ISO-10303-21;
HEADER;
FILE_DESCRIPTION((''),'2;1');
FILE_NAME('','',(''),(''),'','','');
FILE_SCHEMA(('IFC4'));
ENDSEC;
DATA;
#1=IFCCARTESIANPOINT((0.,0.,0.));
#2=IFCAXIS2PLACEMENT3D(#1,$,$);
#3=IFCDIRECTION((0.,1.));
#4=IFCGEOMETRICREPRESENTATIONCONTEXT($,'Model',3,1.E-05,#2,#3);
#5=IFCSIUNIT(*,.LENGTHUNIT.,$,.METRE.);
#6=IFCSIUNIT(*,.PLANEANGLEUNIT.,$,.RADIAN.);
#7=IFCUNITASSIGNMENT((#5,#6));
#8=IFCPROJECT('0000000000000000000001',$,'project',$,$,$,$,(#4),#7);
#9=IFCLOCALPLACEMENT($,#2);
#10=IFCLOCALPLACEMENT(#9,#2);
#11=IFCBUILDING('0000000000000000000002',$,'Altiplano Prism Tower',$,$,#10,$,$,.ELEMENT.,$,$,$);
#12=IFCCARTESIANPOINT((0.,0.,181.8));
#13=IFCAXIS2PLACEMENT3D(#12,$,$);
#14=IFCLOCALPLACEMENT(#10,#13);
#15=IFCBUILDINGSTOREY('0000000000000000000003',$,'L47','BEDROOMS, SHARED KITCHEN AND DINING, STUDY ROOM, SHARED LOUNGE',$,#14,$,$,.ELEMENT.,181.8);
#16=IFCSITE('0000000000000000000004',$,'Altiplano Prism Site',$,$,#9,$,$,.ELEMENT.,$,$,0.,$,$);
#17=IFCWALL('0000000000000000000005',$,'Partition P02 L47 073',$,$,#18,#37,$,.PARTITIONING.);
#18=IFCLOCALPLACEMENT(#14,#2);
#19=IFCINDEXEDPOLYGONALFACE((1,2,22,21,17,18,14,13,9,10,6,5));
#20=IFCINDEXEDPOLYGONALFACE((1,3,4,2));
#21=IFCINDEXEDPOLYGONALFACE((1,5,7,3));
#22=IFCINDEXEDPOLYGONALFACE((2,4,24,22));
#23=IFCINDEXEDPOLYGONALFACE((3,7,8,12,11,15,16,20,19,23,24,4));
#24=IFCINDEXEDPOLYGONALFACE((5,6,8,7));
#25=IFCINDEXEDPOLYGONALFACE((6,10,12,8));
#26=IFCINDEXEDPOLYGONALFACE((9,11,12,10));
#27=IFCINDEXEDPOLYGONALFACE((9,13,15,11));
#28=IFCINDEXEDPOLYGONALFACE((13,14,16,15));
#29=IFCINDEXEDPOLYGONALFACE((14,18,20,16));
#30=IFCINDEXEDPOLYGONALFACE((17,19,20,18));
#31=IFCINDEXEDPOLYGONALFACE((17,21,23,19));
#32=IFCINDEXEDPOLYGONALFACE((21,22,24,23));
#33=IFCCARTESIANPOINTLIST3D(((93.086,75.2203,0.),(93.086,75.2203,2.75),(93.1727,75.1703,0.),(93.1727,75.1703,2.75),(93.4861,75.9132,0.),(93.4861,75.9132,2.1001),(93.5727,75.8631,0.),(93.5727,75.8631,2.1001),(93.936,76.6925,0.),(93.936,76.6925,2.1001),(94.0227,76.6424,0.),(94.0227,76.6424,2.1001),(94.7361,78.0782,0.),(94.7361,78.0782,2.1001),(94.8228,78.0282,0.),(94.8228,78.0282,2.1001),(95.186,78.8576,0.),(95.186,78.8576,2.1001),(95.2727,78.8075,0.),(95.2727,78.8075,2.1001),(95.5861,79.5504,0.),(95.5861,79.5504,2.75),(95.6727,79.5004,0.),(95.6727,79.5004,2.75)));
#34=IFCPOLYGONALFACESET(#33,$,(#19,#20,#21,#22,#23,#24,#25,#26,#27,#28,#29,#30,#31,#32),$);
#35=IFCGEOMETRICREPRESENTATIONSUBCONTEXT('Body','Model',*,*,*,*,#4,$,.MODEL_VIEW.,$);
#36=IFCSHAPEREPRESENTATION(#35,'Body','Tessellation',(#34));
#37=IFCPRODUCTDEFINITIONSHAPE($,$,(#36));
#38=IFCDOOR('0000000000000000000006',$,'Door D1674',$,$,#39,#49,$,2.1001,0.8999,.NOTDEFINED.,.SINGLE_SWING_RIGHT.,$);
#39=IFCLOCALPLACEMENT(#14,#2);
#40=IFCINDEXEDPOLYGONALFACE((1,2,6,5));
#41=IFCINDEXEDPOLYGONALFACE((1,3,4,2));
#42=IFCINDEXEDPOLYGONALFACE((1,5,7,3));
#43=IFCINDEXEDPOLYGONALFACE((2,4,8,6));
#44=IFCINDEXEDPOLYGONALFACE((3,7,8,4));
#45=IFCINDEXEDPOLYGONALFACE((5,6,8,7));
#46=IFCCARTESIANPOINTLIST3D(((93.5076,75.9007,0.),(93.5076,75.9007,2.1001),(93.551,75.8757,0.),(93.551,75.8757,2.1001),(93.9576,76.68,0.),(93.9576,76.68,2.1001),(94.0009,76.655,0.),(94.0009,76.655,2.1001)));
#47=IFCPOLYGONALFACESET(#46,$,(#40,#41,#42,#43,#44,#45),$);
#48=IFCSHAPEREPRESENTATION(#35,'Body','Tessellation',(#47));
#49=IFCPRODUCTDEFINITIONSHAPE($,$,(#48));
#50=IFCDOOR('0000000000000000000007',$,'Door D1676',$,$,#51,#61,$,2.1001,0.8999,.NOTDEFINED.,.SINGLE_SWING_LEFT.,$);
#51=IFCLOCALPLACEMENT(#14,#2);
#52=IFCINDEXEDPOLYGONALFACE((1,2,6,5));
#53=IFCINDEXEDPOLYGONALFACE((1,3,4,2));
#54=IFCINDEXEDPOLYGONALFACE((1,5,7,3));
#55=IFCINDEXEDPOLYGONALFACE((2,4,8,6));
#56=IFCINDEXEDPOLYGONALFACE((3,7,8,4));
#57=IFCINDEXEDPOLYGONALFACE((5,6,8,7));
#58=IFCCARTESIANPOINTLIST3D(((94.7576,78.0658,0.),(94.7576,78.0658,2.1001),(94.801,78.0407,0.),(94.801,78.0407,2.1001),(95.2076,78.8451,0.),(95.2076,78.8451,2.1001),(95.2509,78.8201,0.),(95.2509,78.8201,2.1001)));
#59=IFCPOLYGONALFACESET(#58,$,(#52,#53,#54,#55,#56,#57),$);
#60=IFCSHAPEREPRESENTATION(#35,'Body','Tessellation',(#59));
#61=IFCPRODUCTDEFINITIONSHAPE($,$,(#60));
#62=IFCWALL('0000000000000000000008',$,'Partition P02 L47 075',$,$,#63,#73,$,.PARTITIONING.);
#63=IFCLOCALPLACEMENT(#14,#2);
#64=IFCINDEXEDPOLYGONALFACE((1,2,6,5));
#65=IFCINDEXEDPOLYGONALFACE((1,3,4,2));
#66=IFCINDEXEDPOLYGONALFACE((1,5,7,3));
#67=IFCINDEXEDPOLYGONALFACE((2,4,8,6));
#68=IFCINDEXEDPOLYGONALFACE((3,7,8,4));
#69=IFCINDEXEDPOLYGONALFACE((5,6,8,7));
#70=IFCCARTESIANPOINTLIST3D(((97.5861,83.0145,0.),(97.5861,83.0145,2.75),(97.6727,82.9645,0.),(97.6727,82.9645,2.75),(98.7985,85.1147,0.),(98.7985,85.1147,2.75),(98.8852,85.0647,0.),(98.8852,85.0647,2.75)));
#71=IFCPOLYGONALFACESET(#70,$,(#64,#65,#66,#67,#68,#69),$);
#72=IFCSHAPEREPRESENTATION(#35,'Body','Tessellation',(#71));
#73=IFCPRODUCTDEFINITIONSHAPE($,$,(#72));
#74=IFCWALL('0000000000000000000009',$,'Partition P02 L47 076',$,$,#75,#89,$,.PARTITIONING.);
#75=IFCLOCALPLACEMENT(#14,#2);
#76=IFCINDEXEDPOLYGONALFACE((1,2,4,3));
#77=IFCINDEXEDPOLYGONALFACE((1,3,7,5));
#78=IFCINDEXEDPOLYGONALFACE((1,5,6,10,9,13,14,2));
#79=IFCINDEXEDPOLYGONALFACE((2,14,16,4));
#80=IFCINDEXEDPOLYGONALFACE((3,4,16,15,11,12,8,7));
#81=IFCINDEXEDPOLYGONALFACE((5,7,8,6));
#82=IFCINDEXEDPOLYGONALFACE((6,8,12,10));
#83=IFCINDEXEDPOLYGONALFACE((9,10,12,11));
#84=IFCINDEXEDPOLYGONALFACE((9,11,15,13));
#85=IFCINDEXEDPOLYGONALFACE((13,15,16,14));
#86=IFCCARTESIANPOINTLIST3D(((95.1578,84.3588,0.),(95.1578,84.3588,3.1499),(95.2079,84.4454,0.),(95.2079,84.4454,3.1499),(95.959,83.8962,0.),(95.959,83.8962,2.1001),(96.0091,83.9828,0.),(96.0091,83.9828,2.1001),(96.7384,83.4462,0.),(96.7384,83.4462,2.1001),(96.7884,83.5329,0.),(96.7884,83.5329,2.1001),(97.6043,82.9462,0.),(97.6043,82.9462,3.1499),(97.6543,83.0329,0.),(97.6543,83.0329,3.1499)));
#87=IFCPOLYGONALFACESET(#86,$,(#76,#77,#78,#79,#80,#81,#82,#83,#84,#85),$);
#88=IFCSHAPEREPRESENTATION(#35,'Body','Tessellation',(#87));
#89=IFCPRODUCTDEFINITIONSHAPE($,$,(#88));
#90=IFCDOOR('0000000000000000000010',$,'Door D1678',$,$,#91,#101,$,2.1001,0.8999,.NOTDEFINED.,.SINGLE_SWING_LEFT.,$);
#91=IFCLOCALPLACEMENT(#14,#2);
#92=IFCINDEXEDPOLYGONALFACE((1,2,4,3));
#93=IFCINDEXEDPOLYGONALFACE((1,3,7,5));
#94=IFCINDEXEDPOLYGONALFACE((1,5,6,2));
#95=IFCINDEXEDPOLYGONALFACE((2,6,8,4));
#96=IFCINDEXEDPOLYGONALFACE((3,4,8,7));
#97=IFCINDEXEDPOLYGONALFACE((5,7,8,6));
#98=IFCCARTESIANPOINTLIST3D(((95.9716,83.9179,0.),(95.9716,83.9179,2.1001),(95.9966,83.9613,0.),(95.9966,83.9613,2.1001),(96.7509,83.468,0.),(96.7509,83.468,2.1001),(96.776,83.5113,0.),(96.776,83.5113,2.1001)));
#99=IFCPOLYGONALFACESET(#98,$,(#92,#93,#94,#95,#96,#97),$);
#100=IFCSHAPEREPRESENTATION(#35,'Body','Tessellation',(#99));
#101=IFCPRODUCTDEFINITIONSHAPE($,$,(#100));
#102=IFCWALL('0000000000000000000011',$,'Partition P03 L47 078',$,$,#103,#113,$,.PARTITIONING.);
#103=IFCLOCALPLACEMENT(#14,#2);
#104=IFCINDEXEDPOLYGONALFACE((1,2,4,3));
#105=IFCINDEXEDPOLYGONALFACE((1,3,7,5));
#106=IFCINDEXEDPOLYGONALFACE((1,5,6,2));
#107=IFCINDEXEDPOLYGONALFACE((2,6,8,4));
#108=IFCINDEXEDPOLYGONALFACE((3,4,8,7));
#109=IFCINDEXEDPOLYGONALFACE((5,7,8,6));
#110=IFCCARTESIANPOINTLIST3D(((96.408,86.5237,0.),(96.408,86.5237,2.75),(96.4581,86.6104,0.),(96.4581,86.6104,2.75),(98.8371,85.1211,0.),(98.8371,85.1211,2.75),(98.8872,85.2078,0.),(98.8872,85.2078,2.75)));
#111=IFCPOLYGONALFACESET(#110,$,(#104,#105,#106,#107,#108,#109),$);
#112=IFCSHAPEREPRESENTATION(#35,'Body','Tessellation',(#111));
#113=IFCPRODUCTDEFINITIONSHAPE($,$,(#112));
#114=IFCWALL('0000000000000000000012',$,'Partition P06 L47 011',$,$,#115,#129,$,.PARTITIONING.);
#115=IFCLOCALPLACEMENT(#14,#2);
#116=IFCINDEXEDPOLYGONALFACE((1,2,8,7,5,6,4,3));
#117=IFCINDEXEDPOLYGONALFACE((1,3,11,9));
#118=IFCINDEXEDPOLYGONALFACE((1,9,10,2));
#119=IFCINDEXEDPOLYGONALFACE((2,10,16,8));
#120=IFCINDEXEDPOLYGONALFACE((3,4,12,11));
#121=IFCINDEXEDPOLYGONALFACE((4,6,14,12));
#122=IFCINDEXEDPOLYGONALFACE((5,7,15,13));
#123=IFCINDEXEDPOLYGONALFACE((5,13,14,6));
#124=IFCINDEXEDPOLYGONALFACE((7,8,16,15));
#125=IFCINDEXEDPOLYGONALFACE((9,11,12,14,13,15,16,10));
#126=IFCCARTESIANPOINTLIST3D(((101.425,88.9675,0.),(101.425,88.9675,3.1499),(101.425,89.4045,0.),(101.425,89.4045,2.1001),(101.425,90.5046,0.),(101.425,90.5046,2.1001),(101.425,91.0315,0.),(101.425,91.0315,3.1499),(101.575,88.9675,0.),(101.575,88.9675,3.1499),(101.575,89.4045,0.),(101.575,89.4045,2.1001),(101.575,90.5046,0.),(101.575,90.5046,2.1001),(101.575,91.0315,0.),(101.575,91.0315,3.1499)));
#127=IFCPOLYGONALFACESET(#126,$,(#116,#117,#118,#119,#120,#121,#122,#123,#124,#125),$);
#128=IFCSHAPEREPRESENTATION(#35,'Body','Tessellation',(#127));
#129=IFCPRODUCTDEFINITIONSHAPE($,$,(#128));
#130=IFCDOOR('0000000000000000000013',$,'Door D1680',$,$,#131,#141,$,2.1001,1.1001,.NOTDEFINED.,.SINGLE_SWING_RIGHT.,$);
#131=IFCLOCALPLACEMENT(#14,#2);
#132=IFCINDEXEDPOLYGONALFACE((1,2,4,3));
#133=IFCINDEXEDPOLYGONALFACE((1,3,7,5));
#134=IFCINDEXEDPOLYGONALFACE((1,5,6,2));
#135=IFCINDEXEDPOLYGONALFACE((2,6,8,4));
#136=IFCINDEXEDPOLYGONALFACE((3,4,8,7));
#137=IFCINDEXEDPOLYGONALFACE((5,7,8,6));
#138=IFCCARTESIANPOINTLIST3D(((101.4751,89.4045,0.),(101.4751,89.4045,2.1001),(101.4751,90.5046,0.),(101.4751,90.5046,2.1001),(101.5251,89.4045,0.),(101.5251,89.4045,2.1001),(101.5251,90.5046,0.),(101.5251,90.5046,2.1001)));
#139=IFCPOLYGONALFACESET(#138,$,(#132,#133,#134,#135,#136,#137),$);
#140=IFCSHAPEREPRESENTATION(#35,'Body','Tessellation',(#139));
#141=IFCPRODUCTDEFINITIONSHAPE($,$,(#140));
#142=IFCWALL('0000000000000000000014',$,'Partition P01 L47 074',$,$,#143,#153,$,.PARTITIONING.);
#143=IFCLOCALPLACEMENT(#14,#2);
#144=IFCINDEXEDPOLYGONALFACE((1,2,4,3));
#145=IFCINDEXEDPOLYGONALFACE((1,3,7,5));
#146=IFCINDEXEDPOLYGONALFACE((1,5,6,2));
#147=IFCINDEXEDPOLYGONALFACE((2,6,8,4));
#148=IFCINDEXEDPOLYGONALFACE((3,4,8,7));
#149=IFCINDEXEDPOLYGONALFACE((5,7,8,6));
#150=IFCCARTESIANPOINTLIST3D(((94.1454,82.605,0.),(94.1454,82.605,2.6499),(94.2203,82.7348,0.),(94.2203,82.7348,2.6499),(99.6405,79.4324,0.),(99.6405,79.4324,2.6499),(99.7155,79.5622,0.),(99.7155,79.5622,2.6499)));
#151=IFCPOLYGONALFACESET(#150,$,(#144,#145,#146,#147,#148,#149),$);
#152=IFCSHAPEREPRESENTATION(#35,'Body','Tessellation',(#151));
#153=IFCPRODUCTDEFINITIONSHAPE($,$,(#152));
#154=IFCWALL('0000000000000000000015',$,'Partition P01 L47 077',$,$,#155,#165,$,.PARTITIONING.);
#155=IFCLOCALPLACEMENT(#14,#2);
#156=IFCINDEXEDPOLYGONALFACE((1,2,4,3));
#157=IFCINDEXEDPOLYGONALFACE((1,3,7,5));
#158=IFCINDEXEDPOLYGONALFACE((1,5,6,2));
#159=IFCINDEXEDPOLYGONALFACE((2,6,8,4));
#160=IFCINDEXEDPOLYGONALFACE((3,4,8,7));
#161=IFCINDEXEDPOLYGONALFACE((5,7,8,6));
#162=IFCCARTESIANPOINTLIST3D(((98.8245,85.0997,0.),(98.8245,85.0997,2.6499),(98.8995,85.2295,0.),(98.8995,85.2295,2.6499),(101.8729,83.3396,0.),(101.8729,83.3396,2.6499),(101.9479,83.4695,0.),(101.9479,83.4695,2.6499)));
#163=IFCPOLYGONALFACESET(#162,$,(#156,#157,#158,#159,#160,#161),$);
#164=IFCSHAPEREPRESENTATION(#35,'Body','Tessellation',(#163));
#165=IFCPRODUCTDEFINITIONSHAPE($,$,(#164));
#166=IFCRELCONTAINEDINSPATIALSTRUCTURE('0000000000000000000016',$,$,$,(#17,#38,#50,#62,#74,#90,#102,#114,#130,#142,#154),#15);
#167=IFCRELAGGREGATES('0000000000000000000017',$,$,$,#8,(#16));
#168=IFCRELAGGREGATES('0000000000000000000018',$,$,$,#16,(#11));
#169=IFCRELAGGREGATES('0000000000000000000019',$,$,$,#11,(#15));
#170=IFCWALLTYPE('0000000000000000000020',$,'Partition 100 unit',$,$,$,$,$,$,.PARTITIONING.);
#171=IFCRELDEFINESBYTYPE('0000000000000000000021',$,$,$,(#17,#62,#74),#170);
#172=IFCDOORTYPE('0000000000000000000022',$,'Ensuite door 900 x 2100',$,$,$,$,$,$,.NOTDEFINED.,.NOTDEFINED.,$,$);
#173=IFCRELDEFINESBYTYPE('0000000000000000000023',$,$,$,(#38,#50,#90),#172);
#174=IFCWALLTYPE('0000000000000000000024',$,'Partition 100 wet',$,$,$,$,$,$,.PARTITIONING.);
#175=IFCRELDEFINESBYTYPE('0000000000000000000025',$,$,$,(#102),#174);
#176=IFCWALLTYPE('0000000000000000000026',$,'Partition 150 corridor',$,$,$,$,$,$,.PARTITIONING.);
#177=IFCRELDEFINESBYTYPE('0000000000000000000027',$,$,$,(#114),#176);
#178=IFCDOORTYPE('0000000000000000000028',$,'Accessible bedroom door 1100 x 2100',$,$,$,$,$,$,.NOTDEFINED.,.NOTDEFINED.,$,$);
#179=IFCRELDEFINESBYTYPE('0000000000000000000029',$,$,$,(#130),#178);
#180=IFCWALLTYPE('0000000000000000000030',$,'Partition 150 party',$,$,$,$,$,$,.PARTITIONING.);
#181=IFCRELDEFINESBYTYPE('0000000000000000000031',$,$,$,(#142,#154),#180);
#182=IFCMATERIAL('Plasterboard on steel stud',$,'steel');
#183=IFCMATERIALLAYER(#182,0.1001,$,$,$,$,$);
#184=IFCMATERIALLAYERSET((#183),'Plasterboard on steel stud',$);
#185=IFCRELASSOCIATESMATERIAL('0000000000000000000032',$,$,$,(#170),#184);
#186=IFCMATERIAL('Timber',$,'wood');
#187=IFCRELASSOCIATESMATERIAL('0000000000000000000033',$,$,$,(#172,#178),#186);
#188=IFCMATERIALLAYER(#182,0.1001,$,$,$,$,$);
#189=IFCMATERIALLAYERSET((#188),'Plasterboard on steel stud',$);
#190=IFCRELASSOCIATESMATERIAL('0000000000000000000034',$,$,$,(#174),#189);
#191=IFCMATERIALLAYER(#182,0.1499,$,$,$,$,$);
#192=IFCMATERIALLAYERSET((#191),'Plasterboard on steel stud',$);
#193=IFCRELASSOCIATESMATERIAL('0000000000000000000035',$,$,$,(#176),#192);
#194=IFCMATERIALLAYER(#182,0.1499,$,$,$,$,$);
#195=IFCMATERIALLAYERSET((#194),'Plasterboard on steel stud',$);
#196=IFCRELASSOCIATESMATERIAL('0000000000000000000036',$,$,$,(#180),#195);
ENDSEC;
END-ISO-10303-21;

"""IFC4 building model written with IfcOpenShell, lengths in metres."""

from ifc_helpers import new_model, si_unit, direction, frame, frame_2d, origin, place, context, subcontext, project, spatial, rectangle, extrude, material, layer, layer_set, type_object, element, fill, save


model = new_model("IFC4")

# Units and contexts
model_context = context("Model", 3, precision=1e-05, world=origin(), true_north=direction((0.0, 1.0)))
body_context = subcontext(model_context, "Body", "Model", "MODEL_VIEW")
ifc_project = project(units=[si_unit("LENGTHUNIT", "METRE"), si_unit("PLANEANGLEUNIT", "RADIAN")], contexts=[model_context])

# Site, building, storey
site_placement = place(None, origin())
site = spatial("IfcSite", under=ifc_project, at=site_placement, Name="Altiplano Prism Site", CompositionType="ELEMENT", RefElevation=0.0)
building_placement = place(site_placement, origin())
building = spatial("IfcBuilding", under=site, at=building_placement, Name="Altiplano Prism Tower", CompositionType="ELEMENT")
storey_placement = place(building_placement, frame((0.0, 0.0, 181.8)))
storey = spatial("IfcBuildingStorey", under=building, at=storey_placement, Name="L47", Description="BEDROOMS, SHARED KITCHEN AND DINING, STUDY ROOM, SHARED LOUNGE", CompositionType="ELEMENT", Elevation=181.8)

# Wall, openings, doors
ifc_material_1 = material(Name="Plasterboard on steel stud", Category="steel")
ifc_layer_1 = layer(ifc_material_1, 0.1001)
ifc_layer_set_1 = layer_set([ifc_layer_1], Name="Plasterboard on steel stud")
wall_type_1 = type_object("IfcWallType", Name="Partition 100 unit", PredefinedType="PARTITIONING", material=ifc_layer_set_1)
wall_1_placement = place(storey_placement, frame((95.6294, 79.5254, 0.0), z_axis=(0.0, 0.0, 1.0), x_axis=(-0.500004, -0.866023, 0.0)))
wall_1 = element("IfcWall", 1, at=wall_1_placement, inside=storey, type_object=wall_type_1, Name="Partition P02 L47 073", PredefinedType="PARTITIONING", context=body_context, shape_type="SweptSolid", body=[
    extrude(rectangle(XDim=5.0, YDim=0.1001, at=frame_2d((2.5, 0.0))), origin(), (0.0, 0.0, 1.0), 2.75),
])
opening_1_placement = place(wall_1_placement, frame((3.3, 0.0, 0.0)))
opening_1 = element("IfcOpeningElement", 2, at=opening_1_placement, cuts=wall_1, PredefinedType="OPENING", context=body_context, shape_type="SweptSolid", body=[
    extrude(rectangle(XDim=0.8999, YDim=2.1001, at=frame_2d((0.45, 1.05))), frame((0.0, 0.0605, 0.0), z_axis=(0.0, -1.0, 0.0), x_axis=(1.0, 0.0, 0.0)), (0.0, 0.0, 1.0), 0.1211),
])
opening_2_placement = place(wall_1_placement, frame((0.8, 0.0, 0.0)))
opening_2 = element("IfcOpeningElement", 3, at=opening_2_placement, cuts=wall_1, PredefinedType="OPENING", context=body_context, shape_type="SweptSolid", body=[
    extrude(rectangle(XDim=0.8999, YDim=2.1001, at=frame_2d((0.45, 1.05))), frame((0.0, 0.0605, 0.0), z_axis=(0.0, -1.0, 0.0), x_axis=(1.0, 0.0, 0.0)), (0.0, 0.0, 1.0), 0.1211),
])
ifc_material_2 = material(Name="Timber", Category="wood")
door_type_1 = type_object("IfcDoorType", Name="Ensuite door 900 x 2100", OperationType="NOTDEFINED", PredefinedType="NOTDEFINED", material=ifc_material_2)
door_1_placement = place(opening_1_placement, origin())
door_1 = element("IfcDoor", 4, at=door_1_placement, inside=storey, type_object=door_type_1, Name="Door D1674", OperationType="SINGLE_SWING_RIGHT", OverallHeight=2.1001, OverallWidth=0.8999, PredefinedType="NOTDEFINED", context=body_context, shape_type="SweptSolid", body=[
    extrude(rectangle(XDim=0.8999, YDim=2.1001, at=frame_2d((0.45, 1.05))), frame((0.0, 0.0249, 0.0), z_axis=(0.0, -1.0, 0.0), x_axis=(1.0, 0.0, 0.0)), (0.0, 0.0, 1.0), 0.05),
])
fill(opening_1, door_1)
door_2_placement = place(opening_2_placement, origin())
door_2 = element("IfcDoor", 5, at=door_2_placement, inside=storey, type_object=door_type_1, Name="Door D1676", OperationType="SINGLE_SWING_LEFT", OverallHeight=2.1001, OverallWidth=0.8999, PredefinedType="NOTDEFINED", context=body_context, shape_type="SweptSolid", body=[
    extrude(rectangle(XDim=0.8999, YDim=2.1001, at=frame_2d((0.45, 1.05))), frame((0.0, 0.0249, 0.0), z_axis=(0.0, -1.0, 0.0), x_axis=(1.0, 0.0, 0.0)), (0.0, 0.0, 1.0), 0.05),
])
fill(opening_2, door_2)

# Wall
wall_2_placement = place(storey_placement, frame((98.8418, 85.0896, 0.0), z_axis=(0.0, 0.0, 1.0), x_axis=(-0.499972, -0.866041, 0.0)))
element("IfcWall", 6, at=wall_2_placement, inside=storey, type_object=wall_type_1, Name="Partition P02 L47 075", PredefinedType="PARTITIONING", context=body_context, shape_type="SweptSolid", body=[
    extrude(rectangle(XDim=2.425, YDim=0.1001, at=frame_2d((1.2124, 0.0))), origin(), (0.0, 0.0, 1.0), 2.75),
])

# Wall, opening, door
wall_3_placement = place(storey_placement, frame((97.6294, 82.9895, 0.0), z_axis=(0.0, 0.0, 1.0), x_axis=(-0.866011, 0.500024, 0.0)))
wall_3 = element("IfcWall", 7, at=wall_3_placement, inside=storey, type_object=wall_type_1, Name="Partition P02 L47 076", PredefinedType="PARTITIONING", context=body_context, shape_type="SweptSolid", body=[
    extrude(rectangle(XDim=2.825, YDim=0.1001, at=frame_2d((1.4126, 0.0))), origin(), (0.0, 0.0, 1.0), 3.1499),
])
opening_3_placement = place(wall_3_placement, frame((1.0, 0.0, 0.0)))
opening_3 = element("IfcOpeningElement", 8, at=opening_3_placement, cuts=wall_3, PredefinedType="OPENING", context=body_context, shape_type="SweptSolid", body=[
    extrude(rectangle(XDim=0.8999, YDim=2.1001, at=frame_2d((0.45, 1.05))), frame((0.0, 0.0605, 0.0), z_axis=(0.0, -1.0, 0.0), x_axis=(1.0, 0.0, 0.0)), (0.0, 0.0, 1.0), 0.1211),
])
door_3_placement = place(opening_3_placement, origin())
door_3 = element("IfcDoor", 9, at=door_3_placement, inside=storey, type_object=door_type_1, Name="Door D1678", OperationType="SINGLE_SWING_LEFT", OverallHeight=2.1001, OverallWidth=0.8999, PredefinedType="NOTDEFINED", context=body_context, shape_type="SweptSolid", body=[
    extrude(rectangle(XDim=0.8999, YDim=2.1001, at=frame_2d((0.45, 1.05))), frame((0.0, 0.0249, 0.0), z_axis=(0.0, -1.0, 0.0), x_axis=(1.0, 0.0, 0.0)), (0.0, 0.0, 1.0), 0.05),
])
fill(opening_3, door_3)

# Wall
ifc_layer_2 = layer(ifc_material_1, 0.1001)
ifc_layer_set_2 = layer_set([ifc_layer_2], Name="Plasterboard on steel stud")
wall_type_2 = type_object("IfcWallType", Name="Partition 100 wet", PredefinedType="PARTITIONING", material=ifc_layer_set_2)
wall_4_placement = place(storey_placement, frame((98.8621, 85.1646, 0.0), z_axis=(0.0, 0.0, 1.0), x_axis=(-0.866012, 0.500024, 0.0)))
element("IfcWall", 10, at=wall_4_placement, inside=storey, type_object=wall_type_2, Name="Partition P03 L47 078", PredefinedType="PARTITIONING", context=body_context, shape_type="SweptSolid", body=[
    extrude(rectangle(XDim=2.8049, YDim=0.1001, at=frame_2d((1.4023, 0.0))), origin(), (0.0, 0.0, 1.0), 2.75),
])

# Wall, opening, door
ifc_layer_3 = layer(ifc_material_1, 0.1499)
ifc_layer_set_3 = layer_set([ifc_layer_3], Name="Plasterboard on steel stud")
wall_type_3 = type_object("IfcWallType", Name="Partition 150 corridor", PredefinedType="PARTITIONING", material=ifc_layer_set_3)
wall_5_placement = place(storey_placement, frame((101.5, 88.9675, 0.0), z_axis=(0.0, 0.0, 1.0), x_axis=(0.0, 1.0, 0.0)))
wall_5 = element("IfcWall", 11, at=wall_5_placement, inside=storey, type_object=wall_type_3, Name="Partition P06 L47 011", PredefinedType="PARTITIONING", context=body_context, shape_type="SweptSolid", body=[
    extrude(rectangle(XDim=2.064, YDim=0.1499, at=frame_2d((1.032, 0.0))), origin(), (0.0, 0.0, 1.0), 3.1499),
])
opening_4_placement = place(wall_5_placement, frame((0.437, 0.0, 0.0)))
opening_4 = element("IfcOpeningElement", 12, at=opening_4_placement, cuts=wall_5, PredefinedType="OPENING", context=body_context, shape_type="SweptSolid", body=[
    extrude(rectangle(XDim=1.1001, YDim=2.1001, at=frame_2d((0.55, 1.05))), frame((0.0, 0.0854, 0.0), z_axis=(0.0, -1.0, 0.0), x_axis=(1.0, 0.0, 0.0)), (0.0, 0.0, 1.0), 0.1709),
])
door_type_2 = type_object("IfcDoorType", Name="Accessible bedroom door 1100 x 2100", OperationType="NOTDEFINED", PredefinedType="NOTDEFINED", material=ifc_material_2)
door_4_placement = place(opening_4_placement, origin())
door_4 = element("IfcDoor", 13, at=door_4_placement, inside=storey, type_object=door_type_2, Name="Door D1680", OperationType="SINGLE_SWING_RIGHT", OverallHeight=2.1001, OverallWidth=1.1001, PredefinedType="NOTDEFINED", context=body_context, shape_type="SweptSolid", body=[
    extrude(rectangle(XDim=1.1001, YDim=2.1001, at=frame_2d((0.55, 1.05))), frame((0.0, 0.0249, 0.0), z_axis=(0.0, -1.0, 0.0), x_axis=(1.0, 0.0, 0.0)), (0.0, 0.0, 1.0), 0.05),
])
fill(opening_4, door_4)

# Walls
ifc_layer_4 = layer(ifc_material_1, 0.1499)
ifc_layer_set_4 = layer_set([ifc_layer_4], Name="Plasterboard on steel stud")
wall_type_4 = type_object("IfcWallType", Name="Partition 150 party", PredefinedType="PARTITIONING", material=ifc_layer_set_4)
wall_6_placement = place(storey_placement, frame((99.678, 79.4973, 0.0), z_axis=(0.0, 0.0, 1.0), x_axis=(-0.866025, 0.5, 0.0)))
element("IfcWall", 14, at=wall_6_placement, inside=storey, type_object=wall_type_4, Name="Partition P01 L47 074", PredefinedType="PARTITIONING", context=body_context, shape_type="SweptSolid", body=[
    extrude(rectangle(XDim=6.3452, YDim=0.1499, at=frame_2d((3.1726, 0.0))), origin(), (0.0, 0.0, 1.0), 2.6499),
])
wall_7_placement = place(storey_placement, frame((101.9104, 83.4045, 0.0), z_axis=(0.0, 0.0, 1.0), x_axis=(-0.866019, 0.500011, 0.0)))
element("IfcWall", 15, at=wall_7_placement, inside=storey, type_object=wall_type_4, Name="Partition P01 L47 077", PredefinedType="PARTITIONING", context=body_context, shape_type="SweptSolid", body=[
    extrude(rectangle(XDim=3.52, YDim=0.1499, at=frame_2d((1.76, 0.0))), origin(), (0.0, 0.0, 1.0), 2.6499),
])

save(model, "model.ifc")
